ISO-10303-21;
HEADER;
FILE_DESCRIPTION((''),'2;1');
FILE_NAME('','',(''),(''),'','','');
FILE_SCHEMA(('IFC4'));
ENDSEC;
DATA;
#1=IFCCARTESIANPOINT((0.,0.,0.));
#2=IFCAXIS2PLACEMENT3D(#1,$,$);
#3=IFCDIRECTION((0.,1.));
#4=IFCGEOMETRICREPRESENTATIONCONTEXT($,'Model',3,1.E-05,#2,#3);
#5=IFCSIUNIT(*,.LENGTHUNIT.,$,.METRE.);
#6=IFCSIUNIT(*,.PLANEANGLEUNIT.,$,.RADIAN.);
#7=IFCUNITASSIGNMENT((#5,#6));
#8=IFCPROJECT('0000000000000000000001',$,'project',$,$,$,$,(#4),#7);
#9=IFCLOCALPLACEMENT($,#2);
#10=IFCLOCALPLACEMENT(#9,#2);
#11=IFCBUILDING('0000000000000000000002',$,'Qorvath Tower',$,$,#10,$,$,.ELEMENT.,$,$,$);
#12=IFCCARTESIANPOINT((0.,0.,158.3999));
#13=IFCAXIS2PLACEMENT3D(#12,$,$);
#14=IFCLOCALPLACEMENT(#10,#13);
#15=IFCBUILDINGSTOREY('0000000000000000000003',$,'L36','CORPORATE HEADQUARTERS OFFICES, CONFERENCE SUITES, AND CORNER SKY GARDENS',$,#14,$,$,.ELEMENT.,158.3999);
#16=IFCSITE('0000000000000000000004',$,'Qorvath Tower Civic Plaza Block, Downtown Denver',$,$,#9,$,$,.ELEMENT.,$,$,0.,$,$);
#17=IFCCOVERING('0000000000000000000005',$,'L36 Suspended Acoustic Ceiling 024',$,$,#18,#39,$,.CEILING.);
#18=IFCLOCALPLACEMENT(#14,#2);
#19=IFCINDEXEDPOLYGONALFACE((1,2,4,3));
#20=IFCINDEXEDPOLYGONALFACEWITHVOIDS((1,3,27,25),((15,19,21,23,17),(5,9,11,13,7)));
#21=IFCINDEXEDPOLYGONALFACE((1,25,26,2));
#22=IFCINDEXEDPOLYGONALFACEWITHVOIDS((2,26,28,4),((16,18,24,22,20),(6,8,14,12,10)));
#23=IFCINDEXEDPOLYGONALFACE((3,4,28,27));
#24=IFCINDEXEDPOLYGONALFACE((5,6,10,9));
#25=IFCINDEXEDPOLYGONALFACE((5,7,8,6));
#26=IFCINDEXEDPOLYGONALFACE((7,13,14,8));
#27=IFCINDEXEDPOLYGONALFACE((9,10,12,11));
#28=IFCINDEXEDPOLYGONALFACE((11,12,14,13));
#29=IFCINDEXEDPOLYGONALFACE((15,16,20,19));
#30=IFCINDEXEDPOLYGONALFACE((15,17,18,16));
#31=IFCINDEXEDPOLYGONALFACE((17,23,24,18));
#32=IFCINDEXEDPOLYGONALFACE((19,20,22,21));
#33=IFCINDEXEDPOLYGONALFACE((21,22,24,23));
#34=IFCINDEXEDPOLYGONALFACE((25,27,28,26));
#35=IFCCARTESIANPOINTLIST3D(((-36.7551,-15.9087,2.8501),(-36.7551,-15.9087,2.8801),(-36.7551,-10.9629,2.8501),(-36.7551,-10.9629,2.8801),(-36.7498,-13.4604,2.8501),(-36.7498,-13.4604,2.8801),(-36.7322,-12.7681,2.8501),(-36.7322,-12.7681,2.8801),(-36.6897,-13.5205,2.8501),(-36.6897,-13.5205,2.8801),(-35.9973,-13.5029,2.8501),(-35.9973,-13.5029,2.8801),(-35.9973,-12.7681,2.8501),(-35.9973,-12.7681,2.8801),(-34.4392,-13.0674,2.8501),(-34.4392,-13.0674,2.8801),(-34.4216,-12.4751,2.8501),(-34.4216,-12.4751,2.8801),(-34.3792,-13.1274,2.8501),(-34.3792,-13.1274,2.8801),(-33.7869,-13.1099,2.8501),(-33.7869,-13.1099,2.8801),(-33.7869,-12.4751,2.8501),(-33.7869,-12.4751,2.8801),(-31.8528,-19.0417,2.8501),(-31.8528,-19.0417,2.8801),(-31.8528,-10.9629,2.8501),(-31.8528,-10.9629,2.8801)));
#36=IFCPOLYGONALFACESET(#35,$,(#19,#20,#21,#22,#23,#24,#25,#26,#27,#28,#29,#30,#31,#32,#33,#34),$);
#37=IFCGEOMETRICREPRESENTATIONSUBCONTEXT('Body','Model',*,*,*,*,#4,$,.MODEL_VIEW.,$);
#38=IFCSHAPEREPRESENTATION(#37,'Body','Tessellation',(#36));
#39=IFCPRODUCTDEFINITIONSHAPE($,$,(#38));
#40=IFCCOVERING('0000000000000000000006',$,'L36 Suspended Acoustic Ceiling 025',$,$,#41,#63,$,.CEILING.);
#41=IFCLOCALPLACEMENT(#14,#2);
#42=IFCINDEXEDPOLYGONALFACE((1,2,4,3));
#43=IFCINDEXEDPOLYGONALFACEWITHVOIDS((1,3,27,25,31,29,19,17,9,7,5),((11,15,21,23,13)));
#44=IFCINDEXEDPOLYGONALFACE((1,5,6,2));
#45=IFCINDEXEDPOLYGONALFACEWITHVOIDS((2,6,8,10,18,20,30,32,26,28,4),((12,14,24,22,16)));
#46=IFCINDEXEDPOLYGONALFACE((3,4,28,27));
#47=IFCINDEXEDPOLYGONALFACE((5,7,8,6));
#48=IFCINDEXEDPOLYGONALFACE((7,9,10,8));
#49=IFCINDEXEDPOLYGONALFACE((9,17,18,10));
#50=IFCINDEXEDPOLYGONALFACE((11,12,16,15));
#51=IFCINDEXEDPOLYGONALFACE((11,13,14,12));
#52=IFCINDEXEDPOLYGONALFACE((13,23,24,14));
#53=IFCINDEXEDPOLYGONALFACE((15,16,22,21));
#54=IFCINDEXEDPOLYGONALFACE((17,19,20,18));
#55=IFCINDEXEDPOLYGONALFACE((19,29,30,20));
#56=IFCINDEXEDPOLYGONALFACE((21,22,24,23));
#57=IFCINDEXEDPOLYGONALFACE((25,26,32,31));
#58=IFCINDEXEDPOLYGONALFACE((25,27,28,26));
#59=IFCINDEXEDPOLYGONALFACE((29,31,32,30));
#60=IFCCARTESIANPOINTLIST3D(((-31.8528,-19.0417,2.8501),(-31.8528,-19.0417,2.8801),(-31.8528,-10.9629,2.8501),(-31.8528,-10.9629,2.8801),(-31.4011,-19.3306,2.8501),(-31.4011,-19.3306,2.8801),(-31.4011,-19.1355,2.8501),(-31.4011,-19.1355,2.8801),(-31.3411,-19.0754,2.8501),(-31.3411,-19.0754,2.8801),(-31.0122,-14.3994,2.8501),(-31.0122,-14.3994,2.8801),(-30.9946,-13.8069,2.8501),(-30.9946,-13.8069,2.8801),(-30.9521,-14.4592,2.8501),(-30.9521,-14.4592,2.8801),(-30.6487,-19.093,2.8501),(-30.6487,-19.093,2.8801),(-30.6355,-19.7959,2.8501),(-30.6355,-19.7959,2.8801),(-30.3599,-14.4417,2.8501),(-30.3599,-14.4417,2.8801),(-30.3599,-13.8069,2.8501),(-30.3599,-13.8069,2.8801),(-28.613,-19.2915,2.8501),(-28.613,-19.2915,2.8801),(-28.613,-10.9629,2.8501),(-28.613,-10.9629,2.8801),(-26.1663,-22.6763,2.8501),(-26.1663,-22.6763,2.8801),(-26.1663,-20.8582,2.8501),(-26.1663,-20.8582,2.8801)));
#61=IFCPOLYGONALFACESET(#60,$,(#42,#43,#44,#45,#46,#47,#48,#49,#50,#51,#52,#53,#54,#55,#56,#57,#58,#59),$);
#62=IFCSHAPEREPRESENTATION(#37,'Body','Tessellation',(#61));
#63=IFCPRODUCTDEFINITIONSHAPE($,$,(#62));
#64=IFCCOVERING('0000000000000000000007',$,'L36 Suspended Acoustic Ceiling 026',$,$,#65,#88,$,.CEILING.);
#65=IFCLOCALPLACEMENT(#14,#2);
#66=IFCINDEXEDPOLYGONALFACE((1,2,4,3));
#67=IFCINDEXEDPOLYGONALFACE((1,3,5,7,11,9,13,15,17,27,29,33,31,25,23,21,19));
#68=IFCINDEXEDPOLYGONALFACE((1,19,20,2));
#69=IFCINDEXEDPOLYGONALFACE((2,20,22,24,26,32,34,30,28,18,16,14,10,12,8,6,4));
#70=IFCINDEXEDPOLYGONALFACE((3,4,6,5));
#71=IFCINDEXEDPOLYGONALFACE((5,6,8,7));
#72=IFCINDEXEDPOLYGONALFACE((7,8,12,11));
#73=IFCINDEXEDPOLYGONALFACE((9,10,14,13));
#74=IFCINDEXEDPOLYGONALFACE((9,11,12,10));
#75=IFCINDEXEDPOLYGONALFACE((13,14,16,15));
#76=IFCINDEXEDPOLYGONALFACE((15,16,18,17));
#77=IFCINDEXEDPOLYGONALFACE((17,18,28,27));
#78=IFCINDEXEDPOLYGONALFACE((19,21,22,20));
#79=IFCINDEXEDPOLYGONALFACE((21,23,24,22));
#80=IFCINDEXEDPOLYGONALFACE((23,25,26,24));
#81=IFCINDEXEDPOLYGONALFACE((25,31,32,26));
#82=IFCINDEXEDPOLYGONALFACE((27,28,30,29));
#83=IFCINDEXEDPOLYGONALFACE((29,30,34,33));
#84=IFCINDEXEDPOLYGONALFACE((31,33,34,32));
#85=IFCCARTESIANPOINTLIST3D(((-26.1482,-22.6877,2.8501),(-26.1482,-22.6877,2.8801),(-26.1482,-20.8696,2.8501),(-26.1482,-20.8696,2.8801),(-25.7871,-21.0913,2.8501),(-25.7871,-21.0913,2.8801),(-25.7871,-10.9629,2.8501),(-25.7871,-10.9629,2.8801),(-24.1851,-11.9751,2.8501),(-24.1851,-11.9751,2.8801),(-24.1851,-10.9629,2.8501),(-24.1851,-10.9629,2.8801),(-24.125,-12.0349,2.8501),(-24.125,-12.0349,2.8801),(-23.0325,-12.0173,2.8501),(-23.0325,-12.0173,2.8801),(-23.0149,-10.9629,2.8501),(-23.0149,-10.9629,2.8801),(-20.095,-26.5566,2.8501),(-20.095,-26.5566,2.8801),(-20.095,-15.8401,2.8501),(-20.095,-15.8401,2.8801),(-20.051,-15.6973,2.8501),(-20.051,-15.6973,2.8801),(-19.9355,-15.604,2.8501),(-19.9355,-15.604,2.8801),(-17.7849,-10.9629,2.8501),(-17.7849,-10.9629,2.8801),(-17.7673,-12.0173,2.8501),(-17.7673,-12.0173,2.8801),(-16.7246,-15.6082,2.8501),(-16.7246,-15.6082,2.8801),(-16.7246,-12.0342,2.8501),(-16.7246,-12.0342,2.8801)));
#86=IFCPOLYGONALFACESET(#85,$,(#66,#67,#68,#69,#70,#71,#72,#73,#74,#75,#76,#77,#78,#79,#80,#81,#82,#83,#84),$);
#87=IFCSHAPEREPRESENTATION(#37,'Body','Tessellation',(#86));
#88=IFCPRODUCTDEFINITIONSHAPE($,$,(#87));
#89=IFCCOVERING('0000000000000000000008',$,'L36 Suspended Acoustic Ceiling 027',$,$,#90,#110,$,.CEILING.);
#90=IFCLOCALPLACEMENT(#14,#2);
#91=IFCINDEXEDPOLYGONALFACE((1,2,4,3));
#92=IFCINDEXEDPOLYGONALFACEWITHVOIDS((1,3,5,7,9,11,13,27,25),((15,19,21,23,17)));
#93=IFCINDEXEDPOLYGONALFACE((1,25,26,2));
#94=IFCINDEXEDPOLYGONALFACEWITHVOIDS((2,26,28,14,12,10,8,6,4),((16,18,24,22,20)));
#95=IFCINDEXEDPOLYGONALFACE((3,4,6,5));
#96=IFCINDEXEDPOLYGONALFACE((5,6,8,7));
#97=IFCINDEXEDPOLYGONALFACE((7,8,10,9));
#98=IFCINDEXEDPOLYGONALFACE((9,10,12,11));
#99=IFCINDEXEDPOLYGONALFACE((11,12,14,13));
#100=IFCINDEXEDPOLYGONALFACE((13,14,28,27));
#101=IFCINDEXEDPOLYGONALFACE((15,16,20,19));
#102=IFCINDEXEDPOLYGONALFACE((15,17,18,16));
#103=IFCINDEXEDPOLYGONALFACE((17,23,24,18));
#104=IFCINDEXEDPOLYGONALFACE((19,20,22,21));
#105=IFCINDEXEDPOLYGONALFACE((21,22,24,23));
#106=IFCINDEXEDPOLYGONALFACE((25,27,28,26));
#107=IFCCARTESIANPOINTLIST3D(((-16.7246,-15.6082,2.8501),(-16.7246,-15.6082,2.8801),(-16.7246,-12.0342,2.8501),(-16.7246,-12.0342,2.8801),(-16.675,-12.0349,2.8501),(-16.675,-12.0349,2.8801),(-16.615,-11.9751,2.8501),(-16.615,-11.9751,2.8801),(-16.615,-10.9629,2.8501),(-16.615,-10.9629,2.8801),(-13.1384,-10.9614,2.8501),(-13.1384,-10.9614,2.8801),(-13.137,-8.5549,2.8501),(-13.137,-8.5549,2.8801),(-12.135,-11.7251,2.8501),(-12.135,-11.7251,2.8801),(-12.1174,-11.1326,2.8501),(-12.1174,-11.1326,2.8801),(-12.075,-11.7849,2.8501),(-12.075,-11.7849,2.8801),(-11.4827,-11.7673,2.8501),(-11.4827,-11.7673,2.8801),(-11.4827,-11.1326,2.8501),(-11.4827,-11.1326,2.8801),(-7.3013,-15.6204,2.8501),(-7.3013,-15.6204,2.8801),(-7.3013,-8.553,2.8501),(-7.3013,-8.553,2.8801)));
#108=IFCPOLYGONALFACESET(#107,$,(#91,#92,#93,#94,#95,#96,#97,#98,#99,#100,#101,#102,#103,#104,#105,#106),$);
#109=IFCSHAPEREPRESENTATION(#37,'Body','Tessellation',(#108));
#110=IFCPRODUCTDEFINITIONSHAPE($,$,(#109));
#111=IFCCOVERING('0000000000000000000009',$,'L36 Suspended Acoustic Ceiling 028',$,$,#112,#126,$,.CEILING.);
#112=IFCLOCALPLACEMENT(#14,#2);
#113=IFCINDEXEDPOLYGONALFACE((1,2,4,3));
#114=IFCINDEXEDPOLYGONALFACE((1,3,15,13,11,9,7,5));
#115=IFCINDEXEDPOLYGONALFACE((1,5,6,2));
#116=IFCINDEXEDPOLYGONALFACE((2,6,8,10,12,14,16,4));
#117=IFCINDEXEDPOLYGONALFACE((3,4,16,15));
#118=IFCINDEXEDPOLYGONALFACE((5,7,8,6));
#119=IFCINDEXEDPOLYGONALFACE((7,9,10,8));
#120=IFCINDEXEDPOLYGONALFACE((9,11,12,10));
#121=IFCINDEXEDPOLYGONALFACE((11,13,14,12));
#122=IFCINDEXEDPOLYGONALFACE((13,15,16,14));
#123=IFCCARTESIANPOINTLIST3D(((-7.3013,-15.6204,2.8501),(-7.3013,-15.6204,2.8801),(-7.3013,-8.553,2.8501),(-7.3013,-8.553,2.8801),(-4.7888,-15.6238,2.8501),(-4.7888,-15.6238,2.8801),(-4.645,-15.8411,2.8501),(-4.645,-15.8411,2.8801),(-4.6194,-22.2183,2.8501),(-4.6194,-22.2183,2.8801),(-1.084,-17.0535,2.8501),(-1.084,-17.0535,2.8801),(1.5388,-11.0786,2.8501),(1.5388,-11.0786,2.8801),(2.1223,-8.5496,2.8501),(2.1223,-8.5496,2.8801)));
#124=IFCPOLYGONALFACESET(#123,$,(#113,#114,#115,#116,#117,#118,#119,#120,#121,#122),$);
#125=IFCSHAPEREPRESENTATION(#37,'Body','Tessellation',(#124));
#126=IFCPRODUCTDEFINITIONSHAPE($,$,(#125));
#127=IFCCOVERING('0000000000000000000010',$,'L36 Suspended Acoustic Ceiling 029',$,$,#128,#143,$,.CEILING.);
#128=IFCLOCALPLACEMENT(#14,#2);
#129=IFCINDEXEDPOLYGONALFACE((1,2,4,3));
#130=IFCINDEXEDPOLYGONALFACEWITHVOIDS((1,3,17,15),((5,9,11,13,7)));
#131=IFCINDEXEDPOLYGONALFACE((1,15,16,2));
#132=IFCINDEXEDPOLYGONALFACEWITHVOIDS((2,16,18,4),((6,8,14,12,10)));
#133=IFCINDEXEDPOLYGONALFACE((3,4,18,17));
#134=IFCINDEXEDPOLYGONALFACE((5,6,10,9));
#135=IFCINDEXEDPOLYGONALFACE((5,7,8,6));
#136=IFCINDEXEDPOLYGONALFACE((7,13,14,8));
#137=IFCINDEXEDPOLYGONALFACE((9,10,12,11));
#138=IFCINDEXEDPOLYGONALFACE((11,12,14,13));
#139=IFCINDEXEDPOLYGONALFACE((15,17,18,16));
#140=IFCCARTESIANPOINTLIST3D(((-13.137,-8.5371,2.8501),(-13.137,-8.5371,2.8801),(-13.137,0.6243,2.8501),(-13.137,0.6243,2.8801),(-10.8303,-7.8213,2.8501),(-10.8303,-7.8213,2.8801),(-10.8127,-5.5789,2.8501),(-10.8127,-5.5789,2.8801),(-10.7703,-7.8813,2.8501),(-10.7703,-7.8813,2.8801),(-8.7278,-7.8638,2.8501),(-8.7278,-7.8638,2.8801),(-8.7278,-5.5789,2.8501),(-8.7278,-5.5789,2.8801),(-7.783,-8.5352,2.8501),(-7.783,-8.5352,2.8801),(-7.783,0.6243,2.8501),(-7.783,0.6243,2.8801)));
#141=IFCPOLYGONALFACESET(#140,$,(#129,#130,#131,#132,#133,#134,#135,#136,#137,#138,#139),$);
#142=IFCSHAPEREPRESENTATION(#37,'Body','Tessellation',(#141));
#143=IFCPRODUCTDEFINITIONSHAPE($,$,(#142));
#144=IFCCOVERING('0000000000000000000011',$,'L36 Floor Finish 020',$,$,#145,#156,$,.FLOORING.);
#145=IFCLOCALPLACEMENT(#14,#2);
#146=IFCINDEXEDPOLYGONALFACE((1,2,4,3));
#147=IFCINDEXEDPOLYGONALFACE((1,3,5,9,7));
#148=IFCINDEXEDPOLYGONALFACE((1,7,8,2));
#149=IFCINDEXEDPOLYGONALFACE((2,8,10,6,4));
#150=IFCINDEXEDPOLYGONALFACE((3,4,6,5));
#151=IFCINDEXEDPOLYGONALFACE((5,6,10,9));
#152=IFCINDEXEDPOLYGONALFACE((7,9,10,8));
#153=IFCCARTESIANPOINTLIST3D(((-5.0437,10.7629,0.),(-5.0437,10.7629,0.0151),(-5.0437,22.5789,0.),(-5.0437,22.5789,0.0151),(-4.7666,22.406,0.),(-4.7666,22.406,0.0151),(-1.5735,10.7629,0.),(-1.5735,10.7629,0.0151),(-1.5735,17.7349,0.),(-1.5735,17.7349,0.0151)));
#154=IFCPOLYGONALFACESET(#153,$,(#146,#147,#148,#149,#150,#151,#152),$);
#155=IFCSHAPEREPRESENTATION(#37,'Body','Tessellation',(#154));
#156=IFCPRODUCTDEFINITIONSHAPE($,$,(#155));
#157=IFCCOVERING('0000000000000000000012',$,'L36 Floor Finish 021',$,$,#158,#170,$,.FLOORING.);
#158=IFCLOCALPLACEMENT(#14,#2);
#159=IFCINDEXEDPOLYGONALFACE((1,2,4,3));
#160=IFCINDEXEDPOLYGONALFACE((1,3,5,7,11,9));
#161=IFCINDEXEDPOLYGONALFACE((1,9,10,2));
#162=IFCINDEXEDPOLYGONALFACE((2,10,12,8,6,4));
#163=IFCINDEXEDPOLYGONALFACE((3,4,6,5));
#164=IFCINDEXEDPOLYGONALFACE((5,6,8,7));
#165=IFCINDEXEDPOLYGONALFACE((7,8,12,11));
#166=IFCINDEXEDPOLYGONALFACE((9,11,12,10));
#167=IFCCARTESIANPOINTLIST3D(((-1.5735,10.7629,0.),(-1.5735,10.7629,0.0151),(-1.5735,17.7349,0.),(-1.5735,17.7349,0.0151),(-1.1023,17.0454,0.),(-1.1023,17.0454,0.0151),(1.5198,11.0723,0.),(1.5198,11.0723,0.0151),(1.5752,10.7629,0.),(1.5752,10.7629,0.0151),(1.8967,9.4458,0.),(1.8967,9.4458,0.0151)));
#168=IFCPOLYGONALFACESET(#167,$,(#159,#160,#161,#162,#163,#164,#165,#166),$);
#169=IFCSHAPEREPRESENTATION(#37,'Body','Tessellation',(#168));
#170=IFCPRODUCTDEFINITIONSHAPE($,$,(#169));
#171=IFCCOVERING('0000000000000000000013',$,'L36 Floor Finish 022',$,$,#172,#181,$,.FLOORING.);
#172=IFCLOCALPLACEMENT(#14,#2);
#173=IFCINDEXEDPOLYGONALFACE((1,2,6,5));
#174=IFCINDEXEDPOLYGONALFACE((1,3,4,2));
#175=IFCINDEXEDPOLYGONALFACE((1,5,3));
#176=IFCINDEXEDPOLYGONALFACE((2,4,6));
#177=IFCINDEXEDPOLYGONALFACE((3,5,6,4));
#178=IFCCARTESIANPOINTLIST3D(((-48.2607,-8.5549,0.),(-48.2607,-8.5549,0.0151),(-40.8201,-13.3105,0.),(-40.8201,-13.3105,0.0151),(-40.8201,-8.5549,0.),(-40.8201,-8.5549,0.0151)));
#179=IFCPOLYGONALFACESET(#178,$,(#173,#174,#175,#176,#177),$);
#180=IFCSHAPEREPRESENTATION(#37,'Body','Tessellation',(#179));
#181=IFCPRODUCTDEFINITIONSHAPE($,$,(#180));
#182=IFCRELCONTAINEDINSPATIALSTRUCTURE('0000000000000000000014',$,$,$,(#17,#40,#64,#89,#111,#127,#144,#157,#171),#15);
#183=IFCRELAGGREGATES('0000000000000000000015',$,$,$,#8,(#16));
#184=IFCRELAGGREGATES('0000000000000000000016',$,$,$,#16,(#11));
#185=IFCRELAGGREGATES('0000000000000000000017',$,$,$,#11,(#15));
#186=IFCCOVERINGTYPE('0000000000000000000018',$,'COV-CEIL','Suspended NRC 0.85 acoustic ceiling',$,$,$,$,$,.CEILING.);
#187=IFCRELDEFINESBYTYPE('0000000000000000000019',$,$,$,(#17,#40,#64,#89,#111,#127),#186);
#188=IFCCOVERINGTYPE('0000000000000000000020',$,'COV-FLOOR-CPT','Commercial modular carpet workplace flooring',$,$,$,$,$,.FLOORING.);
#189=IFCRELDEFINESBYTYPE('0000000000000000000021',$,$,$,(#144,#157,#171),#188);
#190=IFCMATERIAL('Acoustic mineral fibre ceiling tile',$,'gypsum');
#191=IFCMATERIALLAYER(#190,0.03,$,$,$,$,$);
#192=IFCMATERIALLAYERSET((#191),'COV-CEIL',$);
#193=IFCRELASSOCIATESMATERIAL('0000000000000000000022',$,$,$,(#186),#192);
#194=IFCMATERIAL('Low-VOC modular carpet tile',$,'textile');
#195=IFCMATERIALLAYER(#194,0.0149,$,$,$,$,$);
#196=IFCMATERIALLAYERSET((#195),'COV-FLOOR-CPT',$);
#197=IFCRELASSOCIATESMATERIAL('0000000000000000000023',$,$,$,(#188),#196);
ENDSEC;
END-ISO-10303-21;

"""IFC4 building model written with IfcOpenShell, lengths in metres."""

from ifc_helpers import new_model, si_unit, direction, frame, origin, place, context, subcontext, project, spatial, polyline, outline, extrude, material, layer, layer_set, type_object, element, save


model = new_model("IFC4")

# Units and contexts
model_context = context("Model", 3, precision=1e-05, world=origin(), true_north=direction((0.0, 1.0)))
body_context = subcontext(model_context, "Body", "Model", "MODEL_VIEW")
ifc_project = project(units=[si_unit("LENGTHUNIT", "METRE"), si_unit("PLANEANGLEUNIT", "RADIAN")], contexts=[model_context])

# Site, building, storey
site_placement = place(None, origin())
site = spatial("IfcSite", under=ifc_project, at=site_placement, Name="Qorvath Tower Civic Plaza Block, Downtown Denver", CompositionType="ELEMENT", RefElevation=0.0)
building_placement = place(site_placement, origin())
building = spatial("IfcBuilding", under=site, at=building_placement, Name="Qorvath Tower", CompositionType="ELEMENT")
storey_placement = place(building_placement, frame((0.0, 0.0, 158.3999)))
storey = spatial("IfcBuildingStorey", under=building, at=storey_placement, Name="L36", Description="CORPORATE HEADQUARTERS OFFICES, CONFERENCE SUITES, AND CORNER SKY GARDENS", CompositionType="ELEMENT", Elevation=158.3999)

# Coverings
ifc_material_1 = material(Name="Acoustic mineral fibre ceiling tile", Category="gypsum")
ifc_layer_1 = layer(ifc_material_1, 0.03)
ifc_layer_set_1 = layer_set([ifc_layer_1], Name="COV-CEIL")
covering_type_1 = type_object("IfcCoveringType", Name="COV-CEIL", Description="Suspended NRC 0.85 acoustic ceiling", PredefinedType="CEILING", material=ifc_layer_set_1)
covering_1_placement = place(storey_placement, frame((0.0, 0.0, 2.8501)))
element("IfcCovering", 1, at=covering_1_placement, inside=storey, type_object=covering_type_1, Name="L36 Suspended Acoustic Ceiling 024", PredefinedType="CEILING", context=body_context, shape_type="SweptSolid", body=[
    extrude(outline(polyline([(-36.7551, -10.9629), (-36.7551, -15.9087), (-31.8528, -19.0417), (-31.8528, -10.9629), (-36.7551, -10.9629)]), holes=[polyline([(-34.4392, -13.0674), (-34.4216, -12.4751), (-33.7869, -12.4751), (-33.7869, -13.1099), (-34.3792, -13.1274), (-34.4392, -13.0674)]), polyline([(-36.7498, -13.4604), (-36.7322, -12.7681), (-35.9973, -12.7681), (-35.9973, -13.5029), (-36.6897, -13.5205), (-36.7498, -13.4604)])]), origin(), (0.0, 0.0, 1.0), 0.03),
])
covering_2_placement = place(storey_placement, frame((0.0, 0.0, 2.8501)))
element("IfcCovering", 2, at=covering_2_placement, inside=storey, type_object=covering_type_1, Name="L36 Suspended Acoustic Ceiling 025", PredefinedType="CEILING", context=body_context, shape_type="SweptSolid", body=[
    extrude(outline(polyline([(-31.8528, -10.9629), (-31.8528, -19.0417), (-31.4011, -19.3306), (-31.4011, -19.1355), (-31.3411, -19.0754), (-30.6487, -19.093), (-30.6355, -19.7959), (-26.1663, -22.6763), (-26.1663, -20.8582), (-28.613, -19.2915), (-28.613, -10.9629), (-31.8528, -10.9629)]), holes=[polyline([(-31.0122, -14.3994), (-30.9946, -13.8069), (-30.3599, -13.8069), (-30.3599, -14.4417), (-30.9521, -14.4592), (-31.0122, -14.3994)])]), origin(), (0.0, 0.0, 1.0), 0.03),
])
covering_3_placement = place(storey_placement, frame((0.0, 0.0, 2.8501)))
element("IfcCovering", 3, at=covering_3_placement, inside=storey, type_object=covering_type_1, Name="L36 Suspended Acoustic Ceiling 026", PredefinedType="CEILING", context=body_context, shape_type="SweptSolid", body=[
    extrude(outline(polyline([(-20.051, -15.6973), (-19.9355, -15.604), (-16.7246, -15.6082), (-16.7246, -12.0342), (-17.7673, -12.0173), (-17.7849, -10.9629), (-23.0149, -10.9629), (-23.0325, -12.0173), (-24.125, -12.0349), (-24.1851, -11.9751), (-24.1851, -10.9629), (-25.7871, -10.9629), (-25.7871, -21.0913), (-26.1482, -20.8696), (-26.1482, -22.6877), (-20.095, -26.5566), (-20.095, -15.8401), (-20.051, -15.6973)])), origin(), (0.0, 0.0, 1.0), 0.03),
])
covering_4_placement = place(storey_placement, frame((0.0, 0.0, 2.8501)))
element("IfcCovering", 4, at=covering_4_placement, inside=storey, type_object=covering_type_1, Name="L36 Suspended Acoustic Ceiling 027", PredefinedType="CEILING", context=body_context, shape_type="SweptSolid", body=[
    extrude(outline(polyline([(-16.7246, -12.0342), (-16.7246, -15.6082), (-7.3013, -15.6204), (-7.3013, -8.553), (-13.137, -8.5549), (-13.1384, -10.9614), (-16.615, -10.9629), (-16.615, -11.9751), (-16.675, -12.0349), (-16.7246, -12.0342)]), holes=[polyline([(-12.135, -11.7251), (-12.1174, -11.1326), (-11.4827, -11.1326), (-11.4827, -11.7673), (-12.075, -11.7849), (-12.135, -11.7251)])]), origin(), (0.0, 0.0, 1.0), 0.03),
])
covering_5_placement = place(storey_placement, frame((0.0, 0.0, 2.8501)))
element("IfcCovering", 5, at=covering_5_placement, inside=storey, type_object=covering_type_1, Name="L36 Suspended Acoustic Ceiling 028", PredefinedType="CEILING", context=body_context, shape_type="SweptSolid", body=[
    extrude(outline(polyline([(-7.3013, -8.553), (-7.3013, -15.6204), (-4.7888, -15.6238), (-4.645, -15.8411), (-4.6194, -22.2183), (-1.084, -17.0535), (1.5388, -11.0786), (2.1223, -8.5496), (-7.3013, -8.553)])), origin(), (0.0, 0.0, 1.0), 0.03),
])
covering_6_placement = place(storey_placement, frame((0.0, 0.0, 2.8501)))
element("IfcCovering", 6, at=covering_6_placement, inside=storey, type_object=covering_type_1, Name="L36 Suspended Acoustic Ceiling 029", PredefinedType="CEILING", context=body_context, shape_type="SweptSolid", body=[
    extrude(outline(polyline([(-7.783, -8.5352), (-7.783, 0.6243), (-13.137, 0.6243), (-13.137, -8.5371), (-7.783, -8.5352)]), holes=[polyline([(-10.8303, -7.8213), (-10.8127, -5.5789), (-8.7278, -5.5789), (-8.7278, -7.8638), (-10.7703, -7.8813), (-10.8303, -7.8213)])]), origin(), (0.0, 0.0, 1.0), 0.03),
])
ifc_material_2 = material(Name="Low-VOC modular carpet tile", Category="textile")
ifc_layer_2 = layer(ifc_material_2, 0.0149)
ifc_layer_set_2 = layer_set([ifc_layer_2], Name="COV-FLOOR-CPT")
covering_type_2 = type_object("IfcCoveringType", Name="COV-FLOOR-CPT", Description="Commercial modular carpet workplace flooring", PredefinedType="FLOORING", material=ifc_layer_set_2)
covering_7_placement = place(storey_placement, origin())
element("IfcCovering", 7, at=covering_7_placement, inside=storey, type_object=covering_type_2, Name="L36 Floor Finish 020", PredefinedType="FLOORING", context=body_context, shape_type="SweptSolid", body=[
    extrude(outline(polyline([(-1.5735, 10.7629), (-1.5735, 17.7349), (-4.7666, 22.406), (-5.0437, 22.5789), (-5.0437, 10.7629), (-1.5735, 10.7629)])), origin(), (0.0, 0.0, 1.0), 0.0151),
])
covering_8_placement = place(storey_placement, origin())
element("IfcCovering", 8, at=covering_8_placement, inside=storey, type_object=covering_type_2, Name="L36 Floor Finish 021", PredefinedType="FLOORING", context=body_context, shape_type="SweptSolid", body=[
    extrude(outline(polyline([(1.8967, 9.4458), (1.5198, 11.0723), (-1.1023, 17.0454), (-1.5735, 17.7349), (-1.5735, 10.7629), (1.5752, 10.7629), (1.8967, 9.4458)])), origin(), (0.0, 0.0, 1.0), 0.0151),
])
covering_9_placement = place(storey_placement, origin())
element("IfcCovering", 9, at=covering_9_placement, inside=storey, type_object=covering_type_2, Name="L36 Floor Finish 022", PredefinedType="FLOORING", context=body_context, shape_type="SweptSolid", body=[
    extrude(outline(polyline([(-40.8201, -13.3105), (-40.8201, -8.5549), (-48.2607, -8.5549), (-40.8201, -13.3105)])), origin(), (0.0, 0.0, 1.0), 0.0151),
])

save(model, "model.ifc")
